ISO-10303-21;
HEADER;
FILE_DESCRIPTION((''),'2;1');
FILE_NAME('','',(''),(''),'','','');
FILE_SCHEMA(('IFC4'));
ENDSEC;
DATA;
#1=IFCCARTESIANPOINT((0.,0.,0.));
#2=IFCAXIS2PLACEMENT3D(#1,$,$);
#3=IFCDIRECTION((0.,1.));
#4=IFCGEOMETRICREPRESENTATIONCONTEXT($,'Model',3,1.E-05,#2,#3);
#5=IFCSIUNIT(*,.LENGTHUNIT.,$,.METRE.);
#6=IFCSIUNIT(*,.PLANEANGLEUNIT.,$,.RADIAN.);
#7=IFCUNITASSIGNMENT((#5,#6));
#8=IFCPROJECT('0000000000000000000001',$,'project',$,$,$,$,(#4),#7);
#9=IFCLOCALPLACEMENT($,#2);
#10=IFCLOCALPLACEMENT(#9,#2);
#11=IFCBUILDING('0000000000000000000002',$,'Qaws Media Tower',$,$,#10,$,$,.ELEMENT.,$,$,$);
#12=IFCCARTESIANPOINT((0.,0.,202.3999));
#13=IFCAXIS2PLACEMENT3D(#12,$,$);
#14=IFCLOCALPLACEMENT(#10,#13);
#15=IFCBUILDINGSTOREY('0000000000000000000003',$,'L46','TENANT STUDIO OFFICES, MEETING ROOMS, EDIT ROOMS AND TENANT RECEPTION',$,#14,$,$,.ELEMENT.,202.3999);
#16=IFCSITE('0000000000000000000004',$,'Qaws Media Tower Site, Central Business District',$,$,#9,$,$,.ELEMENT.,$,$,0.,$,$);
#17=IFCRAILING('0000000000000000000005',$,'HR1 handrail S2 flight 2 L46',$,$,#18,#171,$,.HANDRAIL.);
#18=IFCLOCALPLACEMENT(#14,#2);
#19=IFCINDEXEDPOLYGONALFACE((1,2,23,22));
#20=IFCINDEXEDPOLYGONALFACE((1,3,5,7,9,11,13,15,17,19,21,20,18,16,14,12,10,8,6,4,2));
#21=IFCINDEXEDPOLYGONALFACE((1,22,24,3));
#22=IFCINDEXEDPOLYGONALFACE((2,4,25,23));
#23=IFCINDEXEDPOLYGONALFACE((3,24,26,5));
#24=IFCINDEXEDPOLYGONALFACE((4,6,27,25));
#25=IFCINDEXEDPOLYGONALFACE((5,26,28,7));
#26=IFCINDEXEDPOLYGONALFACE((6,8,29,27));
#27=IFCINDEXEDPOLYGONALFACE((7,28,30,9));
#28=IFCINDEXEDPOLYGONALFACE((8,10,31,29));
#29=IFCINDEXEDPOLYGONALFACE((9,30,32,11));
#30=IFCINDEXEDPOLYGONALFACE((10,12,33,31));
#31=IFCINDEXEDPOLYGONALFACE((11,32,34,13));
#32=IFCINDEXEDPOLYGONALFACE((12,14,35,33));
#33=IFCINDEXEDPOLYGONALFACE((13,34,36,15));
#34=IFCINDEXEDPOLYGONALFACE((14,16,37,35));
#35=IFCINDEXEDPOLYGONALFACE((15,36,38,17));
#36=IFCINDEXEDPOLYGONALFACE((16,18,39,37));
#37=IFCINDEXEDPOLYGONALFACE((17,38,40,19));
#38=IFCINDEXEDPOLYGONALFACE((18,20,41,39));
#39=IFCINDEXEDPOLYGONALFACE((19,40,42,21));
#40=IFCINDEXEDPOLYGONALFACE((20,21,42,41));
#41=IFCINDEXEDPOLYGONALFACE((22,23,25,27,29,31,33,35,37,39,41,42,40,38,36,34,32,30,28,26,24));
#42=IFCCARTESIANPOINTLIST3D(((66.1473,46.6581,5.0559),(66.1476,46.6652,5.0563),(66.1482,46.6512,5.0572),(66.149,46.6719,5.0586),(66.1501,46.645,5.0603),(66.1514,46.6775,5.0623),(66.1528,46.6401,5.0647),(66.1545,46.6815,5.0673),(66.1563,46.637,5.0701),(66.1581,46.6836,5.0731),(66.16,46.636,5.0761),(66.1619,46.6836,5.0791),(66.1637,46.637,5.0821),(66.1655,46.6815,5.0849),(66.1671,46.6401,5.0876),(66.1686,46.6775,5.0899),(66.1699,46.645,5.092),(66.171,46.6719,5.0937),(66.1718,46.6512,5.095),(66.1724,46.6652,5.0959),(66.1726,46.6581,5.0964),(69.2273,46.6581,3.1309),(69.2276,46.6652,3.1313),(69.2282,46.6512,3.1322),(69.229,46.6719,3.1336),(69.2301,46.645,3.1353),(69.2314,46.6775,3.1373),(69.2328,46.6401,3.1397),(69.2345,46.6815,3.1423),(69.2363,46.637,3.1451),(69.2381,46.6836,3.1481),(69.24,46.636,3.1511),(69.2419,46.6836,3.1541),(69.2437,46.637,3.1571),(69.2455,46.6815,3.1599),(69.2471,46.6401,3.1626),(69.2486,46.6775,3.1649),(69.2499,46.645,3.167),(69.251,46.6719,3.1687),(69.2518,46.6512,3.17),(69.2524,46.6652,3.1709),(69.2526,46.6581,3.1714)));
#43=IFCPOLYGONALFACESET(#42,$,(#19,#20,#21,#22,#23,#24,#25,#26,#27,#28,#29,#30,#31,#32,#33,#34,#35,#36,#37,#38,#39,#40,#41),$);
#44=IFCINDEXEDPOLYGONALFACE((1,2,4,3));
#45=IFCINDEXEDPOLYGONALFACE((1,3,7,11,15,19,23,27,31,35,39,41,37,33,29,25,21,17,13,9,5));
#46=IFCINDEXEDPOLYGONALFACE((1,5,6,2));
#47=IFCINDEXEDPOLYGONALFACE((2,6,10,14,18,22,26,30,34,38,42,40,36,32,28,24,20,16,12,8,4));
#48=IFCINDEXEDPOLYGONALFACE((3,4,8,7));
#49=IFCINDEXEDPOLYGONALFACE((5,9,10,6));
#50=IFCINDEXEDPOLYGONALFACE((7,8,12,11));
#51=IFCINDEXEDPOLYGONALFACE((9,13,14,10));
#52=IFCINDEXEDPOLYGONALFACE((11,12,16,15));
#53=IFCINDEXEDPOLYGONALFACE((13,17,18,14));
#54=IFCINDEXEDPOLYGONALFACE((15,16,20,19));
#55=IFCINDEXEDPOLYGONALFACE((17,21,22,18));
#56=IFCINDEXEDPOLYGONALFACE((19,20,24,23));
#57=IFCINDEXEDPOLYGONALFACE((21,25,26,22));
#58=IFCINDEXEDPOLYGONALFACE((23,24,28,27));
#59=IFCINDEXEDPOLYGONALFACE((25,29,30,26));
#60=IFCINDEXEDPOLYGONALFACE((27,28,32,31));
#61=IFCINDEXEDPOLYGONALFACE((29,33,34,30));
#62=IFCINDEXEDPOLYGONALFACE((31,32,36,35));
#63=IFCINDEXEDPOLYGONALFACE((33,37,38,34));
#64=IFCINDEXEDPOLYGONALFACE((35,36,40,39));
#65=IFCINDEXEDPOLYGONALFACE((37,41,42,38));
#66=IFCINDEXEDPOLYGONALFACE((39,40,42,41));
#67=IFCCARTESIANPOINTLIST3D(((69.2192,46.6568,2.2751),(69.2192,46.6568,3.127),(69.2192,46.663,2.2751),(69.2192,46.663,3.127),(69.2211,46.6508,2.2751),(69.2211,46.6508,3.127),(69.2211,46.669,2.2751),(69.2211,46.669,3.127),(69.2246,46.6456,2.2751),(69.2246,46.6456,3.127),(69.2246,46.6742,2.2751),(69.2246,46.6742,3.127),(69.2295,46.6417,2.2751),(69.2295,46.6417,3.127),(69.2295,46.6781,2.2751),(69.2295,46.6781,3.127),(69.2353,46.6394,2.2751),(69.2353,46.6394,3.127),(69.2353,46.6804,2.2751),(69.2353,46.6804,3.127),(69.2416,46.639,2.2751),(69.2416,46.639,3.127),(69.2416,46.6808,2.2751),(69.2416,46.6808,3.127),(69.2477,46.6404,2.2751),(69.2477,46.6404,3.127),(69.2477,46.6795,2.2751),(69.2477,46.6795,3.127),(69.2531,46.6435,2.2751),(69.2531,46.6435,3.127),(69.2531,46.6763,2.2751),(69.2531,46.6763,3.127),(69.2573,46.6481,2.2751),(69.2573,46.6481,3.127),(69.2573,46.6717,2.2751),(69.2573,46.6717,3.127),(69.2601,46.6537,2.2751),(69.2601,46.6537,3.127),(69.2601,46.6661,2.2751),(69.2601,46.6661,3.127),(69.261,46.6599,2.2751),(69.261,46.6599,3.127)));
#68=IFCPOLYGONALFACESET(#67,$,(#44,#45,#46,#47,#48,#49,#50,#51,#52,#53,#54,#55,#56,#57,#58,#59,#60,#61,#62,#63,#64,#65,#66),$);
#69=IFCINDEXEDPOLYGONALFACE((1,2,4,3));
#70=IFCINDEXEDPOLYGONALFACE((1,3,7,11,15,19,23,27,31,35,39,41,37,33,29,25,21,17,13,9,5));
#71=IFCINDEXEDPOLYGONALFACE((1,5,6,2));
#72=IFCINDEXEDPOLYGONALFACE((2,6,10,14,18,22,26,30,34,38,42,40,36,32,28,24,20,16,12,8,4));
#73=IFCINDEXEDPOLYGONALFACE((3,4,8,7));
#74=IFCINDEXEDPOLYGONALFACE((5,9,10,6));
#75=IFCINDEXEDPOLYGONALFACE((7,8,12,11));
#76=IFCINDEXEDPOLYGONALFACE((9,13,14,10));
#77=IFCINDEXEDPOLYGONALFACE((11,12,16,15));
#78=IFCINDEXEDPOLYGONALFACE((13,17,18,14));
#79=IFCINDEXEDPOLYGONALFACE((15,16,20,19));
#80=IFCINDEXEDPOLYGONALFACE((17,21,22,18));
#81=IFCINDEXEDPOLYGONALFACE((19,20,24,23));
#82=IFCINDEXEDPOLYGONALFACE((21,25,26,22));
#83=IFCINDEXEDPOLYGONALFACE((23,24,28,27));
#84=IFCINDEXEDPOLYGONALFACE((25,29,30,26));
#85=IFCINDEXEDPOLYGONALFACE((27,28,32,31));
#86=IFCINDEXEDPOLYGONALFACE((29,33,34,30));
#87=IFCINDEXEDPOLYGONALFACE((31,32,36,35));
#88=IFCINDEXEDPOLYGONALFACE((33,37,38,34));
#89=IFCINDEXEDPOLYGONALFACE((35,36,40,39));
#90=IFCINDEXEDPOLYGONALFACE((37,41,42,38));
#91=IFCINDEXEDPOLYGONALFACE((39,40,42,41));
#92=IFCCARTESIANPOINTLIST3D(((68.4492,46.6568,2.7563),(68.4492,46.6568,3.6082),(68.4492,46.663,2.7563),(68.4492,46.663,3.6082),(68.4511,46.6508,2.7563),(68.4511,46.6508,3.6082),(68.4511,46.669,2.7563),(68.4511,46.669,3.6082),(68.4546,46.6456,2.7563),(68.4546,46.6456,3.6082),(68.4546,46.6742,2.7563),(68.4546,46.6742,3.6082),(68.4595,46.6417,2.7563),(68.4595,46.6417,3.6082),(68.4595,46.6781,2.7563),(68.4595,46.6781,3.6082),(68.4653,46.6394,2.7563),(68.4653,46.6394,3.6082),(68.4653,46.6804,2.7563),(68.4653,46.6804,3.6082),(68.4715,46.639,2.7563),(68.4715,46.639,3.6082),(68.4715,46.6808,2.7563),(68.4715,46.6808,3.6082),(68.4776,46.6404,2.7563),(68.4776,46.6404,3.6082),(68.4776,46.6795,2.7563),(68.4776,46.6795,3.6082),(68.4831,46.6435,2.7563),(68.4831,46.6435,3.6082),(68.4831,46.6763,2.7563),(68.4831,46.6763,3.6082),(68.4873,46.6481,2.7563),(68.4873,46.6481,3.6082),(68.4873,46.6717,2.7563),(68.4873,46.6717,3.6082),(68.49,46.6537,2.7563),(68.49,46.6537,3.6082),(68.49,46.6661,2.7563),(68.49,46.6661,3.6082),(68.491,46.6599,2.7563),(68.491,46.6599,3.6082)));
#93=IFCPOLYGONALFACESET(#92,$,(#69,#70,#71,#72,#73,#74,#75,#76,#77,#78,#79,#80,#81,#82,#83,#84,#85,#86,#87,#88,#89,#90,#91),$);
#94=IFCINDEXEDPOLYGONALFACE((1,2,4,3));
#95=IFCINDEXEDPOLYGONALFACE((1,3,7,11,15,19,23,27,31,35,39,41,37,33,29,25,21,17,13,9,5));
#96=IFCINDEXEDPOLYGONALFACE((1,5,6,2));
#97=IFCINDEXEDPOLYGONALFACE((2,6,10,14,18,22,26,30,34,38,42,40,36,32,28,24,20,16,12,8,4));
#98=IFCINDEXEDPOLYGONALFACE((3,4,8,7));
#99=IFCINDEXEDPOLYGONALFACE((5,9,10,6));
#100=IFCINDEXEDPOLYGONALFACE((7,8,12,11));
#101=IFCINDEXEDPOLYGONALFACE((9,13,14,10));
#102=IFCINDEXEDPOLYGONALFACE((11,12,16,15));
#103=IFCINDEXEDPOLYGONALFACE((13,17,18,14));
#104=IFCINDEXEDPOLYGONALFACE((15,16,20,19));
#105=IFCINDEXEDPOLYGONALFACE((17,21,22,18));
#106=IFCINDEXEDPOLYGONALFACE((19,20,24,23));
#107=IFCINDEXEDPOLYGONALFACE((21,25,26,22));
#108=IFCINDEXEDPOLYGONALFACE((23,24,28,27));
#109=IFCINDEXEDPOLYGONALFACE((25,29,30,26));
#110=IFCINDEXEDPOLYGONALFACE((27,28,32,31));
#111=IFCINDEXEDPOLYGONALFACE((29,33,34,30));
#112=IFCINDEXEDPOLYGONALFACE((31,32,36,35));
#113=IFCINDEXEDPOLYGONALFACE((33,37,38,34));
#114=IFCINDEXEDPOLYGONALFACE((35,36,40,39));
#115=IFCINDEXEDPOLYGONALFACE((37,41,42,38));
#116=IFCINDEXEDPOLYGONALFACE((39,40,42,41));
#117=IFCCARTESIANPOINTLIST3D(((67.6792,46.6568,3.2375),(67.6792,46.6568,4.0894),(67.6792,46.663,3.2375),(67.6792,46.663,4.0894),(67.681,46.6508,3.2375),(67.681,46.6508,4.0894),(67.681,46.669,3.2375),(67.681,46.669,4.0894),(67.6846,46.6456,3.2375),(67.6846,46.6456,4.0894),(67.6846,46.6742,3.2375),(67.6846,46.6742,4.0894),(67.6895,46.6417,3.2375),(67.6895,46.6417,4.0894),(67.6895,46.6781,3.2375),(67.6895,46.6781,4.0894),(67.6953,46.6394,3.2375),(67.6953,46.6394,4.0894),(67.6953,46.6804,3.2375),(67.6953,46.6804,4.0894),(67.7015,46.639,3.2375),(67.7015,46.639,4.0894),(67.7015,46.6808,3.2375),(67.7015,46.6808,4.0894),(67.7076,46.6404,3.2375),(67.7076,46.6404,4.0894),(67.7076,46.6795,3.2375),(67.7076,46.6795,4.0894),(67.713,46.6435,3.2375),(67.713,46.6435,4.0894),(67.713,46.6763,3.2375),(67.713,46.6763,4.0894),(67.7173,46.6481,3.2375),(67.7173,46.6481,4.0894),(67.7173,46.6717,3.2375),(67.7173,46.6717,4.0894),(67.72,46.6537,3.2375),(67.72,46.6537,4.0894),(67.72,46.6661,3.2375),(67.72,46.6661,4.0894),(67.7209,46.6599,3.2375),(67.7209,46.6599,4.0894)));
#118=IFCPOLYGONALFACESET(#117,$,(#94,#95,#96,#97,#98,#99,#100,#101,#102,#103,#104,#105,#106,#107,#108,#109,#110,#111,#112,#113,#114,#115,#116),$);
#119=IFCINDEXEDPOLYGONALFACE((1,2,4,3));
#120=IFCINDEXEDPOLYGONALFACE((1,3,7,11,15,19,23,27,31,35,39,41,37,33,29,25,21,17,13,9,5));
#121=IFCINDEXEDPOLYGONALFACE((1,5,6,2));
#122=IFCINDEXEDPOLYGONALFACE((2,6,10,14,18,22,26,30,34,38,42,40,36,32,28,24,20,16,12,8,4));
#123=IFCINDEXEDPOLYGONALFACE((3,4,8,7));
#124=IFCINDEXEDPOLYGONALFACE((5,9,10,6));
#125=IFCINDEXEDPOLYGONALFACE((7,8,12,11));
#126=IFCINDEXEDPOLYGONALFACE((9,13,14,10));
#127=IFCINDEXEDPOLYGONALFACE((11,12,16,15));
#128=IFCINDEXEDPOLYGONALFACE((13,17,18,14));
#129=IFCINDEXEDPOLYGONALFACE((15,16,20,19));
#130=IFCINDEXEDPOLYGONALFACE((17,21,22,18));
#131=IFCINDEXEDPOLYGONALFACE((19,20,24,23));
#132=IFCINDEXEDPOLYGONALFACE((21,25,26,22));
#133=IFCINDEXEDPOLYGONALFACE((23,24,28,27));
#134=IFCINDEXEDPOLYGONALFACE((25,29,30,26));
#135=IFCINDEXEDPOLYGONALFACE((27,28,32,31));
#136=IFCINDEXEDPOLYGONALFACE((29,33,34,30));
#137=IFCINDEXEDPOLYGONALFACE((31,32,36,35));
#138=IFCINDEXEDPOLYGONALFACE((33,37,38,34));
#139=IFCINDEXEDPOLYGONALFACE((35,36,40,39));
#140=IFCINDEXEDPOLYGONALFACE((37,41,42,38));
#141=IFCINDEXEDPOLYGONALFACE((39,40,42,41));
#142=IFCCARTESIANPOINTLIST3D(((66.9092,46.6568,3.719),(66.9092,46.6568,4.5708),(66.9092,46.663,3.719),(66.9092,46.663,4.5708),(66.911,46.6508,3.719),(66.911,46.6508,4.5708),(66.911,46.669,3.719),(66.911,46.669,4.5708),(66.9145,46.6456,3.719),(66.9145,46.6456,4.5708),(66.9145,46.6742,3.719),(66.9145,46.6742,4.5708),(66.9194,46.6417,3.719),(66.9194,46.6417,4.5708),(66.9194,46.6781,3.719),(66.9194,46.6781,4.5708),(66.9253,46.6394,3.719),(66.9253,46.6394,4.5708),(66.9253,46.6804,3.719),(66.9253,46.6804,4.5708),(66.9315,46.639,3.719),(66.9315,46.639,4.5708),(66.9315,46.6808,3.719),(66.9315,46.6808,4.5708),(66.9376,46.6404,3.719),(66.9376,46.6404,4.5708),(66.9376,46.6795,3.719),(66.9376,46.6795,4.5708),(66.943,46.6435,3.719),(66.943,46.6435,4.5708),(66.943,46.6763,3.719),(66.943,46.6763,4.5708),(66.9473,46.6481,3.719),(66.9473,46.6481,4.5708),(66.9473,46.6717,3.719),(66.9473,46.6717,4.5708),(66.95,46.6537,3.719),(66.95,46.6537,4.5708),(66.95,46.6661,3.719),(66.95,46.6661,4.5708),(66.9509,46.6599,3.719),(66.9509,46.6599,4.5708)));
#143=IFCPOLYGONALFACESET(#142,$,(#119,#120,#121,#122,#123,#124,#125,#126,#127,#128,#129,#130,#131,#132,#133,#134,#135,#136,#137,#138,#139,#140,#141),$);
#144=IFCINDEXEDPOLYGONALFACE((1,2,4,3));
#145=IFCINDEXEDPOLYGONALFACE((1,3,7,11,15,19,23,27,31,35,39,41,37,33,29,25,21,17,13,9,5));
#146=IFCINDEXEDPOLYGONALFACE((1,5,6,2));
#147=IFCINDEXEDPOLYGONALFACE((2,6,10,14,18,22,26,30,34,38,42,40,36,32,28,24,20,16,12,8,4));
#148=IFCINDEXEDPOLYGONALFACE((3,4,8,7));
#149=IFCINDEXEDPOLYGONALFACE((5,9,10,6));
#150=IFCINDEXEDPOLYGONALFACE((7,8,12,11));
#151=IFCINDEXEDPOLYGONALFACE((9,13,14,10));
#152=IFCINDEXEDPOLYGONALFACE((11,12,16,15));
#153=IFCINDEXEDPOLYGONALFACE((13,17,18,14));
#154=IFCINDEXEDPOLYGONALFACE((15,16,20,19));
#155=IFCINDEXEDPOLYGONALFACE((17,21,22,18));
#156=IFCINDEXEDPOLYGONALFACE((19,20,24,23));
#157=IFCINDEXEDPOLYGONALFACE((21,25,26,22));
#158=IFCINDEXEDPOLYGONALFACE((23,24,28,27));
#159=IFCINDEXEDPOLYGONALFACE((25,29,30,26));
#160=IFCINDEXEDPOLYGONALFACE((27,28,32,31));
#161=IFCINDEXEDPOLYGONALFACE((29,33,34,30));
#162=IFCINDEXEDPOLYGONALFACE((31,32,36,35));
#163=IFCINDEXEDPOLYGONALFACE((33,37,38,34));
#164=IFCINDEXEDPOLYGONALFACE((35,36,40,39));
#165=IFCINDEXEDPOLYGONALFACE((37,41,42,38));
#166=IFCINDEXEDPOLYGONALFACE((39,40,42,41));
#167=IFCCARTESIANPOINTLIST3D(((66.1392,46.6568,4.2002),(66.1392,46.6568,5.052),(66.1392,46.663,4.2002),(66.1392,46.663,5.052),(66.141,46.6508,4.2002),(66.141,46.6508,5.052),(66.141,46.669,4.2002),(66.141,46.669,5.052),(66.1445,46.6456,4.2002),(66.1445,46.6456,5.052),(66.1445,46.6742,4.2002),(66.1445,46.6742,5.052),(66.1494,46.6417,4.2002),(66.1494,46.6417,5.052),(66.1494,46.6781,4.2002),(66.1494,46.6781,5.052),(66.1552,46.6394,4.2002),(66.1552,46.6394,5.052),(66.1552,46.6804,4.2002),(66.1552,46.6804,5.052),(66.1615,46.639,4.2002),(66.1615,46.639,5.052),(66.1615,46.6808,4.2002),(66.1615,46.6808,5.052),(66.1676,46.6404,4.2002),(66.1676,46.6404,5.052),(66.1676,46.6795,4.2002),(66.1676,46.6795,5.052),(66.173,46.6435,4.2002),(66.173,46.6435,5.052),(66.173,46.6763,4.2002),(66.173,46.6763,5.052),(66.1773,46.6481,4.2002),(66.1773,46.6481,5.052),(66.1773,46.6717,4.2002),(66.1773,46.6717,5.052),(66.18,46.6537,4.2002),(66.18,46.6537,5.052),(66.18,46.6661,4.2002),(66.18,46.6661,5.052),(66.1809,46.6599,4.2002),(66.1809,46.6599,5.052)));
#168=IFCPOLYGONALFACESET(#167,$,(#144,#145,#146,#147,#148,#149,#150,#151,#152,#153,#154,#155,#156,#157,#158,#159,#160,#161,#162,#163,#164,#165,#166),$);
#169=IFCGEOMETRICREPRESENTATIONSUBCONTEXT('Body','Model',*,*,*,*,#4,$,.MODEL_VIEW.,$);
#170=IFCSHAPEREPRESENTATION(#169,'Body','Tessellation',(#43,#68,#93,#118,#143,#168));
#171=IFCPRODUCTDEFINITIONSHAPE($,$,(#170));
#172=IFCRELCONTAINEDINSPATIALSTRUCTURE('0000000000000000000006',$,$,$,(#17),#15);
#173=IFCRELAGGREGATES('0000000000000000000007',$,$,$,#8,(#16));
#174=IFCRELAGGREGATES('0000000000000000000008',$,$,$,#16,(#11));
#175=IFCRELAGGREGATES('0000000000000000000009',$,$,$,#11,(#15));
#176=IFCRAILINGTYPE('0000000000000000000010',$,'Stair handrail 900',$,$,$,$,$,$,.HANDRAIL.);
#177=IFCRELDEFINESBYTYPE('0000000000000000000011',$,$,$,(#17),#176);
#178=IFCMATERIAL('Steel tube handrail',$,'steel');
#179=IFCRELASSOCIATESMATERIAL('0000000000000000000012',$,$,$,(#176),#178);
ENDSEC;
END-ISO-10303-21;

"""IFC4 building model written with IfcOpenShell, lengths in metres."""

from ifc_helpers import new_model, si_unit, direction, frame, origin, origin_2d, place, context, subcontext, project, spatial, circle, extrude, material, type_object, element, save


model = new_model("IFC4")

# Units and contexts
model_context = context("Model", 3, precision=1e-05, world=origin(), true_north=direction((0.0, 1.0)))
body_context = subcontext(model_context, "Body", "Model", "MODEL_VIEW")
ifc_project = project(units=[si_unit("LENGTHUNIT", "METRE"), si_unit("PLANEANGLEUNIT", "RADIAN")], contexts=[model_context])

# Site, building, storey
site_placement = place(None, origin())
site = spatial("IfcSite", under=ifc_project, at=site_placement, Name="Qaws Media Tower Site, Central Business District", CompositionType="ELEMENT", RefElevation=0.0)
building_placement = place(site_placement, origin())
building = spatial("IfcBuilding", under=site, at=building_placement, Name="Qaws Media Tower", CompositionType="ELEMENT")
storey_placement = place(building_placement, frame((0.0, 0.0, 202.3999)))
storey = spatial("IfcBuildingStorey", under=building, at=storey_placement, Name="L46", Description="TENANT STUDIO OFFICES, MEETING ROOMS, EDIT ROOMS AND TENANT RECEPTION", CompositionType="ELEMENT", Elevation=202.3999)

# Railing
ifc_material_1 = material(Name="Steel tube handrail", Category="steel")
railing_type = type_object("IfcRailingType", Name="Stair handrail 900", PredefinedType="HANDRAIL", material=ifc_material_1)
for number, where, name in (
    (1, (69.24, 46.6599, 2.2751), "HR1 handrail S2 flight 2 L46"),
):
    element("IfcRailing", number, at=place(storey_placement, frame(where)), inside=storey, type_object=railing_type, Name=name, PredefinedType="HANDRAIL", context=body_context, shape_type="SweptSolid", body=[
        extrude(circle(Radius=0.0239, at=origin_2d()), frame((0.0, 0.0, 0.876), z_axis=(-0.847998, 0.0, 0.529999), x_axis=(0.0, -1.0, 0.0)), (0.0, 0.0, 1.0), 3.6321),
        extrude(circle(Radius=0.021, at=origin_2d()), origin(), (0.0, 0.0, 1.0), 0.8518),
        extrude(circle(Radius=0.021, at=origin_2d()), frame((-0.77, 0.0, 0.4812)), (0.0, 0.0, 1.0), 0.8518),
        extrude(circle(Radius=0.021, at=origin_2d()), frame((-1.54, 0.0, 0.9624)), (0.0, 0.0, 1.0), 0.8518),
        extrude(circle(Radius=0.021, at=origin_2d()), frame((-2.3101, 0.0, 1.4438)), (0.0, 0.0, 1.0), 0.8518),
        extrude(circle(Radius=0.021, at=origin_2d()), frame((-3.0801, 0.0, 1.925)), (0.0, 0.0, 1.0), 0.8518),
    ])

save(model, "model.ifc")
